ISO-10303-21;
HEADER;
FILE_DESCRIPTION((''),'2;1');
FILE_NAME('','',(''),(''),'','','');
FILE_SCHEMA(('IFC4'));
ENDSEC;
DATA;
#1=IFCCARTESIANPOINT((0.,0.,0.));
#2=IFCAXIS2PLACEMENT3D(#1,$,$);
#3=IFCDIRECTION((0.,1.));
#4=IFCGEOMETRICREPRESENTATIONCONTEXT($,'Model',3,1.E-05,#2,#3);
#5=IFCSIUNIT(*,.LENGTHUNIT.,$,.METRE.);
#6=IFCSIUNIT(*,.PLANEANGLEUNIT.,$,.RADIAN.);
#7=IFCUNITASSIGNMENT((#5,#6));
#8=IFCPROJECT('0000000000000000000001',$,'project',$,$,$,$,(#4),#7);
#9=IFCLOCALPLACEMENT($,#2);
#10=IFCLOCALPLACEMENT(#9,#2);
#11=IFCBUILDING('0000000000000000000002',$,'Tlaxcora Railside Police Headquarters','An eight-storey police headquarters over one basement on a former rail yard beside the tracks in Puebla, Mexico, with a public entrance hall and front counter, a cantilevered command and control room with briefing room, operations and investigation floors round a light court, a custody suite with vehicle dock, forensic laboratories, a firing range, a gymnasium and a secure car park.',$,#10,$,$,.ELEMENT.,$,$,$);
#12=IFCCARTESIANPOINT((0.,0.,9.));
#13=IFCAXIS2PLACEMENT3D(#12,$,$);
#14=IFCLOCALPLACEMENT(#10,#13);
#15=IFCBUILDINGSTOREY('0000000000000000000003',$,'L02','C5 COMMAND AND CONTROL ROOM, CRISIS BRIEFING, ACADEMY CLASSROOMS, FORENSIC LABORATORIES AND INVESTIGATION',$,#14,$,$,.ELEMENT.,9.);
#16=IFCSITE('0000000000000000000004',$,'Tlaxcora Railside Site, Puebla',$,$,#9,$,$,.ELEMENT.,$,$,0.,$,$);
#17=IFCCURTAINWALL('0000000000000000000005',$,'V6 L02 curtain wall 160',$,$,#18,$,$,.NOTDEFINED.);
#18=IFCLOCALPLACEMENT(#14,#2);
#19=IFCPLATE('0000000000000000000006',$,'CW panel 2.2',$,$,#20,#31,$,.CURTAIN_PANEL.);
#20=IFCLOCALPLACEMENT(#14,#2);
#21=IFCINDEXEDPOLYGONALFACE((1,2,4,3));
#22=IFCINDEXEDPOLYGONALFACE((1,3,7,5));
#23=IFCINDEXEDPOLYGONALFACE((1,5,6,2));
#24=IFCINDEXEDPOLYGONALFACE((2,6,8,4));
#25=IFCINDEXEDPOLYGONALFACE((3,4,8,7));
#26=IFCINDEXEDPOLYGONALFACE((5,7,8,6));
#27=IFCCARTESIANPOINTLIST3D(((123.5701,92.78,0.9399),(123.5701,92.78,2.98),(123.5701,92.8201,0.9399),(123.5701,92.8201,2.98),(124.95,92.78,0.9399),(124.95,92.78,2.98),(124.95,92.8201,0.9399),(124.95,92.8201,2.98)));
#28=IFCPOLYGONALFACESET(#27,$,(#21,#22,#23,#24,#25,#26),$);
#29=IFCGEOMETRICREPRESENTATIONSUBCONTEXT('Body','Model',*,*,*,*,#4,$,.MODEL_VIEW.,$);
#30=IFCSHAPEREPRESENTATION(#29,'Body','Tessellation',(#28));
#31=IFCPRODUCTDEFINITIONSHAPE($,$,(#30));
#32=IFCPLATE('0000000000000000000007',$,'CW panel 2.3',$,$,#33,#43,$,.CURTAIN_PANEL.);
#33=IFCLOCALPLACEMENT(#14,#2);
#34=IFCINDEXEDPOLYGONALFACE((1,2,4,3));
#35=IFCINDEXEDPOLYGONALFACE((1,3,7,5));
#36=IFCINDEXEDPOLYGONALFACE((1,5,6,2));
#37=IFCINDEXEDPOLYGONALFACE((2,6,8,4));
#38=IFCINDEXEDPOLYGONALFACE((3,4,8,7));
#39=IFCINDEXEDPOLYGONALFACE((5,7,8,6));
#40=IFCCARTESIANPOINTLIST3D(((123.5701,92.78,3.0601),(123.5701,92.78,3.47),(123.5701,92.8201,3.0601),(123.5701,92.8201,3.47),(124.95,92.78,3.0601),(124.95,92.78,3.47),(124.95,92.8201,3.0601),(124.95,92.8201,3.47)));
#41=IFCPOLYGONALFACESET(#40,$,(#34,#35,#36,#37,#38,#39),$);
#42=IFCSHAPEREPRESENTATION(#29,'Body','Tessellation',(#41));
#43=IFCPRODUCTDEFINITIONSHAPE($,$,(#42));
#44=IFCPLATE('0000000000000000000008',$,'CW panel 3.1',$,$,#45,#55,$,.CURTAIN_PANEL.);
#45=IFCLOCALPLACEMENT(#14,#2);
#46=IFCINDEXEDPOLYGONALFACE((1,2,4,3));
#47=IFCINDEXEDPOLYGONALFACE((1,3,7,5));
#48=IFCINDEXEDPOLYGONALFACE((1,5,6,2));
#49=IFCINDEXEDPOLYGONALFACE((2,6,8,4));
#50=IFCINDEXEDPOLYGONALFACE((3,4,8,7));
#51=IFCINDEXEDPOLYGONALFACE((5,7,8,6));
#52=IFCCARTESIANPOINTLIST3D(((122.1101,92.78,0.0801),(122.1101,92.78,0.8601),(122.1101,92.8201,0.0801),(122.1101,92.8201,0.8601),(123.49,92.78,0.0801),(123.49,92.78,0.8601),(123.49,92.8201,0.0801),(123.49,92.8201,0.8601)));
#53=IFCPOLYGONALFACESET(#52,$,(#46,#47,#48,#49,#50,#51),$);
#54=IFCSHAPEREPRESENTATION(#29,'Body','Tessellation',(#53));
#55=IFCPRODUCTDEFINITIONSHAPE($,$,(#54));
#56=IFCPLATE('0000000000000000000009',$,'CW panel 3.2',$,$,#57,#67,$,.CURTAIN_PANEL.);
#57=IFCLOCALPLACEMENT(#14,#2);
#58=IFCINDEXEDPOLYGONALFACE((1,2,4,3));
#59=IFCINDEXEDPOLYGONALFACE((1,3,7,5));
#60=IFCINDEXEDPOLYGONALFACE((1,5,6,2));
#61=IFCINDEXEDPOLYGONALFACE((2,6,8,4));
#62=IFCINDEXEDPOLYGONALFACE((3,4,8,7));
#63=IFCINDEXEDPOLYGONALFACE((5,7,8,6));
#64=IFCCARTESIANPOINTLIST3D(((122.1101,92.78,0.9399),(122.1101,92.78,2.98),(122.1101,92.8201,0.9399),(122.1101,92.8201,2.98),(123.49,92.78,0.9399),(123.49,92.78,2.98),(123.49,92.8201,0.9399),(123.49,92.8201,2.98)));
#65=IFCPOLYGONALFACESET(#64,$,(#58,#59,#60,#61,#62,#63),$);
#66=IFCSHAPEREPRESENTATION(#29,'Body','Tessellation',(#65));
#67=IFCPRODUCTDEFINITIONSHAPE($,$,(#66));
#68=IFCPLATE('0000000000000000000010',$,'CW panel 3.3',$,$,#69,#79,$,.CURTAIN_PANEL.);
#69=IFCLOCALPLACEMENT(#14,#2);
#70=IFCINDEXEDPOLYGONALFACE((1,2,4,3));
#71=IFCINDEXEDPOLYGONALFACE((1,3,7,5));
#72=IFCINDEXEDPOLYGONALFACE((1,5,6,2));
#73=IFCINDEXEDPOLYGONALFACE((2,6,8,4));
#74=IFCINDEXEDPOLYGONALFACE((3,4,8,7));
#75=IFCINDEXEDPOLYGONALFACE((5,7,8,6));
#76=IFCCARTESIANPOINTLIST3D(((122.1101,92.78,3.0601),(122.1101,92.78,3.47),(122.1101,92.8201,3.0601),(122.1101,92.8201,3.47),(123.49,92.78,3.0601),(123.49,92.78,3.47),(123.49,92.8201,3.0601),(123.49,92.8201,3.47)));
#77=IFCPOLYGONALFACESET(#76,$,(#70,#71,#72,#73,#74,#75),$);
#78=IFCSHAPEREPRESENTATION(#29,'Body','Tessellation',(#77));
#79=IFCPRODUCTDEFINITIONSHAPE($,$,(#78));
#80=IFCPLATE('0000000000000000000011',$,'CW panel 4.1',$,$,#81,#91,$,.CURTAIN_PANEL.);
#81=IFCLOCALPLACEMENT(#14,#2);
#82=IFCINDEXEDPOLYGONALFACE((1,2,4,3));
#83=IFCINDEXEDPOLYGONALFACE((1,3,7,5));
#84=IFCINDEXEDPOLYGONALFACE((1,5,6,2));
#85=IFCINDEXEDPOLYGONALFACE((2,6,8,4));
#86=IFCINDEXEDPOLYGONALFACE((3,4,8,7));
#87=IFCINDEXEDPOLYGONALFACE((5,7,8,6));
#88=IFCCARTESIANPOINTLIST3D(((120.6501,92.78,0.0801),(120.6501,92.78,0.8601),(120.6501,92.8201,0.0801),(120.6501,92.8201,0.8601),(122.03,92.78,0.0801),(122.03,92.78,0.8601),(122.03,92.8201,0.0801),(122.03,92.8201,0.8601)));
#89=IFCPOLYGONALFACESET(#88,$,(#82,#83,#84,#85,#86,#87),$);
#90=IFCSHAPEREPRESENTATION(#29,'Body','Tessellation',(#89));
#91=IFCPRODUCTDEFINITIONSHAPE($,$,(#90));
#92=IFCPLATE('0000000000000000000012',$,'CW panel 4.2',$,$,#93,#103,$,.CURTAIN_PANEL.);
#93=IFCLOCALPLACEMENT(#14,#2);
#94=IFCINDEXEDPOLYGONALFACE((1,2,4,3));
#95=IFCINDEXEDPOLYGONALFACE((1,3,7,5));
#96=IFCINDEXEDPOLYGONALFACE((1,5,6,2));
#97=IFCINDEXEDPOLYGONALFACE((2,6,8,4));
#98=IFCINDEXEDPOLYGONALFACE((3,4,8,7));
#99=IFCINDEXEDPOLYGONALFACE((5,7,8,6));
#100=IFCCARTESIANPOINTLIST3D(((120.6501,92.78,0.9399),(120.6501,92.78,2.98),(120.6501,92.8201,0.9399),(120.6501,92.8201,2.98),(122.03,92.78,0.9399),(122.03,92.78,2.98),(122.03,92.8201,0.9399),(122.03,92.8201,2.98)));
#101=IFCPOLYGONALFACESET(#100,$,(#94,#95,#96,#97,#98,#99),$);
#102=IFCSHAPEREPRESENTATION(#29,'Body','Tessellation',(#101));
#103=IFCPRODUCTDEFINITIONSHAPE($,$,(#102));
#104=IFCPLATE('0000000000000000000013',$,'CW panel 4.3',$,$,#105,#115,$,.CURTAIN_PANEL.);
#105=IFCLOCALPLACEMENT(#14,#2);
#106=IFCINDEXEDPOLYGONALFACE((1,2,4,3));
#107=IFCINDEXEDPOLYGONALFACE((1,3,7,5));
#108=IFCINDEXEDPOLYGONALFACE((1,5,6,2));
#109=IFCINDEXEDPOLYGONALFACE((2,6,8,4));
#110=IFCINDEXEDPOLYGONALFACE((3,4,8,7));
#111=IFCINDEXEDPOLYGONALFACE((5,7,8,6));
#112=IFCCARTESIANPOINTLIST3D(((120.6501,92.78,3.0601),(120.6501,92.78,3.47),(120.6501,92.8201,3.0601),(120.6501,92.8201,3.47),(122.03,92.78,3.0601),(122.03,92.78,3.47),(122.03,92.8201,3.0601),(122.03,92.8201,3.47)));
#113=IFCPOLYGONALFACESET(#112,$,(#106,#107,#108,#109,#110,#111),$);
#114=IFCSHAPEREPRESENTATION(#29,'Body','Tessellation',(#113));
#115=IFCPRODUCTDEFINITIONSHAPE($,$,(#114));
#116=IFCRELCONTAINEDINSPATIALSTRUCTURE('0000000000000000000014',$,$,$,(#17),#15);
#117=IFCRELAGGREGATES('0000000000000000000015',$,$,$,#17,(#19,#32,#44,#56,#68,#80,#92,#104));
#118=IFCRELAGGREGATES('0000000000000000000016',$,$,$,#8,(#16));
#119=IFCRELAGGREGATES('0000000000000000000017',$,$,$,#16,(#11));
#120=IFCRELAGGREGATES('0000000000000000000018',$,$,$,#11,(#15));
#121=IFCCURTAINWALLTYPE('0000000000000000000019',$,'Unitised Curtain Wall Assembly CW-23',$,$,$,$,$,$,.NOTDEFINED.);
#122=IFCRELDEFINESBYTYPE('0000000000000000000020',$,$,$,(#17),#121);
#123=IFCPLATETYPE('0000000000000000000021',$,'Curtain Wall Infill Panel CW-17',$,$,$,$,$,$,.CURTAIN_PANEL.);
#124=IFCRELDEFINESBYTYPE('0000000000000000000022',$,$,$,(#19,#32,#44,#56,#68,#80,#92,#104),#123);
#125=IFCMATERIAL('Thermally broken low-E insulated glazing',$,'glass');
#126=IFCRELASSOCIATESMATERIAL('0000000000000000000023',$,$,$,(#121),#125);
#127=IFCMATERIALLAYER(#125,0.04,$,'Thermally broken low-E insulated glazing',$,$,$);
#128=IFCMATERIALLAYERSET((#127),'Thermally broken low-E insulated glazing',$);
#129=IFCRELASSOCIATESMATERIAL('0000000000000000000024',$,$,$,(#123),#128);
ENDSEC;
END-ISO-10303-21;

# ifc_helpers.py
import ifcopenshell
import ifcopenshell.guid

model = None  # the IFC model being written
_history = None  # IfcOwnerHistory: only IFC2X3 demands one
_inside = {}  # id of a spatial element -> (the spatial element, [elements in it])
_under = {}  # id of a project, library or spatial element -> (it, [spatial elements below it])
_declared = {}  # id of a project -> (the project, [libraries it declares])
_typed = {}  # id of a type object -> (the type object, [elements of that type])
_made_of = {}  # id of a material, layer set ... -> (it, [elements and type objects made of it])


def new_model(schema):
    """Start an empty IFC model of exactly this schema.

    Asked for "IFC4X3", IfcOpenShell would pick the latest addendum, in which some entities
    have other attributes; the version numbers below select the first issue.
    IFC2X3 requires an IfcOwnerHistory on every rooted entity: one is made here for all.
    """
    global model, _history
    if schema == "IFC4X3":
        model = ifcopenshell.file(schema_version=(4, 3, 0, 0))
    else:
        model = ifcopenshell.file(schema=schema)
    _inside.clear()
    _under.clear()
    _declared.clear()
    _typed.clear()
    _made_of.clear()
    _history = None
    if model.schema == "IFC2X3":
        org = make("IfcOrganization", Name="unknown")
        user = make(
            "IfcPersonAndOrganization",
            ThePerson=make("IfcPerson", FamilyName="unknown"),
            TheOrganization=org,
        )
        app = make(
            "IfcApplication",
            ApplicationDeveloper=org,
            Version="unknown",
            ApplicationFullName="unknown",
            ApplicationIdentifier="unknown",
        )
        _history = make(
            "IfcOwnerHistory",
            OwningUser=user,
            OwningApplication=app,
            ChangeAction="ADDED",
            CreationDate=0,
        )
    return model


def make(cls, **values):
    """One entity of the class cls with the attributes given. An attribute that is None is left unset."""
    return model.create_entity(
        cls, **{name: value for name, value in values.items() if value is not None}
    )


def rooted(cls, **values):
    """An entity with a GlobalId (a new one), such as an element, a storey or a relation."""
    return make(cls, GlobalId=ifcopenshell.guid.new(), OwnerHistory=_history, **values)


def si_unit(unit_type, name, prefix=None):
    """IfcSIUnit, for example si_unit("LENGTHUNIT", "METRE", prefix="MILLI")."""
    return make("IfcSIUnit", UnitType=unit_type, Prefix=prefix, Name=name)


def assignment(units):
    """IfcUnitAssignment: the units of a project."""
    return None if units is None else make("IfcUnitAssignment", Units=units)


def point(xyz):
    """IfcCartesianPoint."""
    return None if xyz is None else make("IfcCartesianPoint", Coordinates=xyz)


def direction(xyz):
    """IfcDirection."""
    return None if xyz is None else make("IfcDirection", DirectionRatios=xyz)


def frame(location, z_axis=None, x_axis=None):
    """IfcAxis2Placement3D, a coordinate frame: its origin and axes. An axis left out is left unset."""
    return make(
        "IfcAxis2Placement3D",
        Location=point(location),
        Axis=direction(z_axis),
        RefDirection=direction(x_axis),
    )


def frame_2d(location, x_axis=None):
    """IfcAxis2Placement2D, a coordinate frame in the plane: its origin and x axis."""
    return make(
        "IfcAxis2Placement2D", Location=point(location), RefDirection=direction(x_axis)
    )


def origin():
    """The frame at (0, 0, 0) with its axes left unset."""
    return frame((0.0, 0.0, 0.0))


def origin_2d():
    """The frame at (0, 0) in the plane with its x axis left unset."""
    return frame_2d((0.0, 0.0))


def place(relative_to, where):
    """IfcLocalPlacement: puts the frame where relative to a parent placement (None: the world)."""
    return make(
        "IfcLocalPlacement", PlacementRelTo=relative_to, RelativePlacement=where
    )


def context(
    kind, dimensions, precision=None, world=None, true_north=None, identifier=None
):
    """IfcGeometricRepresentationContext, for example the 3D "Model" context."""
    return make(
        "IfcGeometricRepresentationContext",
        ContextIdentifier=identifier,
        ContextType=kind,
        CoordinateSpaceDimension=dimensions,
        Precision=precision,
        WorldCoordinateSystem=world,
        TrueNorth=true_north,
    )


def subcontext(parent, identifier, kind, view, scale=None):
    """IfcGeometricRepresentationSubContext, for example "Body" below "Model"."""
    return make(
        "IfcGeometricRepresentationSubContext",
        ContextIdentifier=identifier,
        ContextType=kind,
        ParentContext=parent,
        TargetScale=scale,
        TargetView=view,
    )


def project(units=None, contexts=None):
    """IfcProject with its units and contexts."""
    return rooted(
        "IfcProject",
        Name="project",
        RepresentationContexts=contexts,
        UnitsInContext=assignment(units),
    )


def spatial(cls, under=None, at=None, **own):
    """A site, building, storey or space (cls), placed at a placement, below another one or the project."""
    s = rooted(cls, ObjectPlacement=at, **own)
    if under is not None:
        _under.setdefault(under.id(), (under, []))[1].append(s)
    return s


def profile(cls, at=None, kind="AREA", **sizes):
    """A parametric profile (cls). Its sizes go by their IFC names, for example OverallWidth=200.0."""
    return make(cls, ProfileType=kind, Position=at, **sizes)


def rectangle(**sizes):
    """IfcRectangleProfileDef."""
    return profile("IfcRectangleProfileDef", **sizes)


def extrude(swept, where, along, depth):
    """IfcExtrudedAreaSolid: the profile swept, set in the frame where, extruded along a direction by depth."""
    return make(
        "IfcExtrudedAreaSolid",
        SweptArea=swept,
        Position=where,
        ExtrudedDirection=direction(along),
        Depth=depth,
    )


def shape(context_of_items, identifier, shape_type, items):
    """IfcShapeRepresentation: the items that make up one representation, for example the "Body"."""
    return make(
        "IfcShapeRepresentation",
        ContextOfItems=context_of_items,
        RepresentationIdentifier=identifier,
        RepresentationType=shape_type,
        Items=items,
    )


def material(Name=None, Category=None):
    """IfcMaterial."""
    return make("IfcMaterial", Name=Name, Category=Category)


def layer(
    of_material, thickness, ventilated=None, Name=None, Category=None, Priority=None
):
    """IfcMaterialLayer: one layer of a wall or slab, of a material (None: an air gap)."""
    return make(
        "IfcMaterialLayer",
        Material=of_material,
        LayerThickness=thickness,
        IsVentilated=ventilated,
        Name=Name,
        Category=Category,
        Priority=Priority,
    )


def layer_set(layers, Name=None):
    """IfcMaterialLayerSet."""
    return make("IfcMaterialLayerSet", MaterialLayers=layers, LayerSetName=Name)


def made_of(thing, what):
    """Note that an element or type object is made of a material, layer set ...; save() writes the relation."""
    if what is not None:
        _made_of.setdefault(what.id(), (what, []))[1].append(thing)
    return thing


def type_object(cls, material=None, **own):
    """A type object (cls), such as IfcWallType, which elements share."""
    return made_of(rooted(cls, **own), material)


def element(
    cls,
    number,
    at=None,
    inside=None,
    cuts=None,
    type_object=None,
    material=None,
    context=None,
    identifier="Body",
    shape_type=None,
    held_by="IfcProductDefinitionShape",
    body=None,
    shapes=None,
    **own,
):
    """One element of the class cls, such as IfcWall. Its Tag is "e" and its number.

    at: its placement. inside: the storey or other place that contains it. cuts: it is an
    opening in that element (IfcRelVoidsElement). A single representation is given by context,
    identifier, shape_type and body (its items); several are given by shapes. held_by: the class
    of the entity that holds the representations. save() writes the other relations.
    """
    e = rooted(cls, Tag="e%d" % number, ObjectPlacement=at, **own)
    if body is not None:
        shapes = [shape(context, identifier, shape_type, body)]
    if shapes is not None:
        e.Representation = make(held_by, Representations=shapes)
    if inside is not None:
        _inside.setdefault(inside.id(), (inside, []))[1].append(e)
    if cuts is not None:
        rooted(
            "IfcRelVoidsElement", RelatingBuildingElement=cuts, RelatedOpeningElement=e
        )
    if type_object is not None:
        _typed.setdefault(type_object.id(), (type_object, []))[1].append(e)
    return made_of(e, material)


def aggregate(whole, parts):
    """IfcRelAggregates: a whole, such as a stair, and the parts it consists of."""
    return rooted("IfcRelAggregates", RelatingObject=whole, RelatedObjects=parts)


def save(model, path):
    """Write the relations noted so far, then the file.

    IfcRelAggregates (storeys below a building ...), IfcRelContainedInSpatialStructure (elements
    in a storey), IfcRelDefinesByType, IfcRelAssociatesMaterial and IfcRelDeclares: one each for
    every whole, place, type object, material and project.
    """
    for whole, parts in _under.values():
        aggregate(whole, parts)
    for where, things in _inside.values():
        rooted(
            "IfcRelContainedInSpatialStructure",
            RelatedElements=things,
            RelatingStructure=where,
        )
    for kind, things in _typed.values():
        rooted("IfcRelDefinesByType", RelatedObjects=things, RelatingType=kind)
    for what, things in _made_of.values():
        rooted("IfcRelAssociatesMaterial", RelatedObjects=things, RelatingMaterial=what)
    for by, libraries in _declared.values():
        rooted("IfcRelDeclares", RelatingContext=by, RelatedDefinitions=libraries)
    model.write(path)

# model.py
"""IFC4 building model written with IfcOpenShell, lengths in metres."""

from ifc_helpers import new_model, si_unit, direction, frame, origin, origin_2d, place, context, subcontext, project, spatial, rectangle, extrude, material, layer, layer_set, type_object, element, aggregate, save


model = new_model("IFC4")

# Units and contexts
model_context = context("Model", 3, precision=1e-05, world=origin(), true_north=direction((0.0, 1.0)))
body_context = subcontext(model_context, "Body", "Model", "MODEL_VIEW")
ifc_project = project(units=[si_unit("LENGTHUNIT", "METRE"), si_unit("PLANEANGLEUNIT", "RADIAN")], contexts=[model_context])

# Site, building, storey
site_placement = place(None, origin())
site = spatial("IfcSite", under=ifc_project, at=site_placement, Name="Tlaxcora Railside Site, Puebla", CompositionType="ELEMENT", RefElevation=0.0)
building_placement = place(site_placement, origin())
building = spatial("IfcBuilding", under=site, at=building_placement, Name="Tlaxcora Railside Police Headquarters", Description="An eight-storey police headquarters over one basement on a former rail yard beside the tracks in Puebla, Mexico, with a public entrance hall and front counter, a cantilevered command and control room with briefing room, operations and investigation floors round a light court, a custody suite with vehicle dock, forensic laboratories, a firing range, a gymnasium and a secure car park.", CompositionType="ELEMENT")
storey_placement = place(building_placement, frame((0.0, 0.0, 9.0)))
storey = spatial("IfcBuildingStorey", under=building, at=storey_placement, Name="L02", Description="C5 COMMAND AND CONTROL ROOM, CRISIS BRIEFING, ACADEMY CLASSROOMS, FORENSIC LABORATORIES AND INVESTIGATION", CompositionType="ELEMENT", Elevation=9.0)

# Curtain wall, plates
ifc_material_1 = material(Name="Thermally broken low-E insulated glazing", Category="glass")
curtain_wall_type = type_object("IfcCurtainWallType", Name="Unitised Curtain Wall Assembly CW-23", PredefinedType="NOTDEFINED", material=ifc_material_1)
curtain_wall_placement = place(storey_placement, origin())
curtain_wall = element("IfcCurtainWall", 1, at=curtain_wall_placement, inside=storey, type_object=curtain_wall_type, Name="V6 L02 curtain wall 160", PredefinedType="NOTDEFINED")
ifc_layer = layer(ifc_material_1, 0.04, Name="Thermally broken low-E insulated glazing")
ifc_layer_set = layer_set([ifc_layer], Name="Thermally broken low-E insulated glazing")
plate_type = type_object("IfcPlateType", Name="Curtain Wall Infill Panel CW-17", PredefinedType="CURTAIN_PANEL", material=ifc_layer_set)
plate_1_placement = place(storey_placement, frame((124.26, 92.8, 0.9399), z_axis=(0.0, 0.0, 1.0), x_axis=(-1.0, 0.0, 0.0)))
plate_1 = element("IfcPlate", 2, at=plate_1_placement, type_object=plate_type, Name="CW panel 2.2", PredefinedType="CURTAIN_PANEL", context=body_context, shape_type="SweptSolid", body=[
    extrude(rectangle(XDim=1.3799, YDim=0.04, at=origin_2d()), origin(), (0.0, 0.0, 1.0), 2.04),
])
plate_2_placement = place(storey_placement, frame((124.26, 92.8, 3.0601), z_axis=(0.0, 0.0, 1.0), x_axis=(-1.0, 0.0, 0.0)))
plate_2 = element("IfcPlate", 3, at=plate_2_placement, type_object=plate_type, Name="CW panel 2.3", PredefinedType="CURTAIN_PANEL", context=body_context, shape_type="SweptSolid", body=[
    extrude(rectangle(XDim=1.3799, YDim=0.04, at=origin_2d()), origin(), (0.0, 0.0, 1.0), 0.4099),
])
plate_3_placement = place(storey_placement, frame((122.8, 92.8, 0.0801), z_axis=(0.0, 0.0, 1.0), x_axis=(-1.0, 0.0, 0.0)))
plate_3 = element("IfcPlate", 4, at=plate_3_placement, type_object=plate_type, Name="CW panel 3.1", PredefinedType="CURTAIN_PANEL", context=body_context, shape_type="SweptSolid", body=[
    extrude(rectangle(XDim=1.3799, YDim=0.04, at=origin_2d()), origin(), (0.0, 0.0, 1.0), 0.78),
])
plate_4_placement = place(storey_placement, frame((122.8, 92.8, 0.9399), z_axis=(0.0, 0.0, 1.0), x_axis=(-1.0, 0.0, 0.0)))
plate_4 = element("IfcPlate", 5, at=plate_4_placement, type_object=plate_type, Name="CW panel 3.2", PredefinedType="CURTAIN_PANEL", context=body_context, shape_type="SweptSolid", body=[
    extrude(rectangle(XDim=1.3799, YDim=0.04, at=origin_2d()), origin(), (0.0, 0.0, 1.0), 2.04),
])
plate_5_placement = place(storey_placement, frame((122.8, 92.8, 3.0601), z_axis=(0.0, 0.0, 1.0), x_axis=(-1.0, 0.0, 0.0)))
plate_5 = element("IfcPlate", 6, at=plate_5_placement, type_object=plate_type, Name="CW panel 3.3", PredefinedType="CURTAIN_PANEL", context=body_context, shape_type="SweptSolid", body=[
    extrude(rectangle(XDim=1.3799, YDim=0.04, at=origin_2d()), origin(), (0.0, 0.0, 1.0), 0.4099),
])
plate_6_placement = place(storey_placement, frame((121.3401, 92.8, 0.0801), z_axis=(0.0, 0.0, 1.0), x_axis=(-1.0, 0.0, 0.0)))
plate_6 = element("IfcPlate", 7, at=plate_6_placement, type_object=plate_type, Name="CW panel 4.1", PredefinedType="CURTAIN_PANEL", context=body_context, shape_type="SweptSolid", body=[
    extrude(rectangle(XDim=1.3799, YDim=0.04, at=origin_2d()), origin(), (0.0, 0.0, 1.0), 0.78),
])
plate_7_placement = place(storey_placement, frame((121.3401, 92.8, 0.9399), z_axis=(0.0, 0.0, 1.0), x_axis=(-1.0, 0.0, 0.0)))
plate_7 = element("IfcPlate", 8, at=plate_7_placement, type_object=plate_type, Name="CW panel 4.2", PredefinedType="CURTAIN_PANEL", context=body_context, shape_type="SweptSolid", body=[
    extrude(rectangle(XDim=1.3799, YDim=0.04, at=origin_2d()), origin(), (0.0, 0.0, 1.0), 2.04),
])
plate_8_placement = place(storey_placement, frame((121.3401, 92.8, 3.0601), z_axis=(0.0, 0.0, 1.0), x_axis=(-1.0, 0.0, 0.0)))
plate_8 = element("IfcPlate", 9, at=plate_8_placement, type_object=plate_type, Name="CW panel 4.3", PredefinedType="CURTAIN_PANEL", context=body_context, shape_type="SweptSolid", body=[
    extrude(rectangle(XDim=1.3799, YDim=0.04, at=origin_2d()), origin(), (0.0, 0.0, 1.0), 0.4099),
])
aggregate(curtain_wall, [plate_1, plate_2, plate_3, plate_4, plate_5, plate_6, plate_7, plate_8])

save(model, "model.ifc")
